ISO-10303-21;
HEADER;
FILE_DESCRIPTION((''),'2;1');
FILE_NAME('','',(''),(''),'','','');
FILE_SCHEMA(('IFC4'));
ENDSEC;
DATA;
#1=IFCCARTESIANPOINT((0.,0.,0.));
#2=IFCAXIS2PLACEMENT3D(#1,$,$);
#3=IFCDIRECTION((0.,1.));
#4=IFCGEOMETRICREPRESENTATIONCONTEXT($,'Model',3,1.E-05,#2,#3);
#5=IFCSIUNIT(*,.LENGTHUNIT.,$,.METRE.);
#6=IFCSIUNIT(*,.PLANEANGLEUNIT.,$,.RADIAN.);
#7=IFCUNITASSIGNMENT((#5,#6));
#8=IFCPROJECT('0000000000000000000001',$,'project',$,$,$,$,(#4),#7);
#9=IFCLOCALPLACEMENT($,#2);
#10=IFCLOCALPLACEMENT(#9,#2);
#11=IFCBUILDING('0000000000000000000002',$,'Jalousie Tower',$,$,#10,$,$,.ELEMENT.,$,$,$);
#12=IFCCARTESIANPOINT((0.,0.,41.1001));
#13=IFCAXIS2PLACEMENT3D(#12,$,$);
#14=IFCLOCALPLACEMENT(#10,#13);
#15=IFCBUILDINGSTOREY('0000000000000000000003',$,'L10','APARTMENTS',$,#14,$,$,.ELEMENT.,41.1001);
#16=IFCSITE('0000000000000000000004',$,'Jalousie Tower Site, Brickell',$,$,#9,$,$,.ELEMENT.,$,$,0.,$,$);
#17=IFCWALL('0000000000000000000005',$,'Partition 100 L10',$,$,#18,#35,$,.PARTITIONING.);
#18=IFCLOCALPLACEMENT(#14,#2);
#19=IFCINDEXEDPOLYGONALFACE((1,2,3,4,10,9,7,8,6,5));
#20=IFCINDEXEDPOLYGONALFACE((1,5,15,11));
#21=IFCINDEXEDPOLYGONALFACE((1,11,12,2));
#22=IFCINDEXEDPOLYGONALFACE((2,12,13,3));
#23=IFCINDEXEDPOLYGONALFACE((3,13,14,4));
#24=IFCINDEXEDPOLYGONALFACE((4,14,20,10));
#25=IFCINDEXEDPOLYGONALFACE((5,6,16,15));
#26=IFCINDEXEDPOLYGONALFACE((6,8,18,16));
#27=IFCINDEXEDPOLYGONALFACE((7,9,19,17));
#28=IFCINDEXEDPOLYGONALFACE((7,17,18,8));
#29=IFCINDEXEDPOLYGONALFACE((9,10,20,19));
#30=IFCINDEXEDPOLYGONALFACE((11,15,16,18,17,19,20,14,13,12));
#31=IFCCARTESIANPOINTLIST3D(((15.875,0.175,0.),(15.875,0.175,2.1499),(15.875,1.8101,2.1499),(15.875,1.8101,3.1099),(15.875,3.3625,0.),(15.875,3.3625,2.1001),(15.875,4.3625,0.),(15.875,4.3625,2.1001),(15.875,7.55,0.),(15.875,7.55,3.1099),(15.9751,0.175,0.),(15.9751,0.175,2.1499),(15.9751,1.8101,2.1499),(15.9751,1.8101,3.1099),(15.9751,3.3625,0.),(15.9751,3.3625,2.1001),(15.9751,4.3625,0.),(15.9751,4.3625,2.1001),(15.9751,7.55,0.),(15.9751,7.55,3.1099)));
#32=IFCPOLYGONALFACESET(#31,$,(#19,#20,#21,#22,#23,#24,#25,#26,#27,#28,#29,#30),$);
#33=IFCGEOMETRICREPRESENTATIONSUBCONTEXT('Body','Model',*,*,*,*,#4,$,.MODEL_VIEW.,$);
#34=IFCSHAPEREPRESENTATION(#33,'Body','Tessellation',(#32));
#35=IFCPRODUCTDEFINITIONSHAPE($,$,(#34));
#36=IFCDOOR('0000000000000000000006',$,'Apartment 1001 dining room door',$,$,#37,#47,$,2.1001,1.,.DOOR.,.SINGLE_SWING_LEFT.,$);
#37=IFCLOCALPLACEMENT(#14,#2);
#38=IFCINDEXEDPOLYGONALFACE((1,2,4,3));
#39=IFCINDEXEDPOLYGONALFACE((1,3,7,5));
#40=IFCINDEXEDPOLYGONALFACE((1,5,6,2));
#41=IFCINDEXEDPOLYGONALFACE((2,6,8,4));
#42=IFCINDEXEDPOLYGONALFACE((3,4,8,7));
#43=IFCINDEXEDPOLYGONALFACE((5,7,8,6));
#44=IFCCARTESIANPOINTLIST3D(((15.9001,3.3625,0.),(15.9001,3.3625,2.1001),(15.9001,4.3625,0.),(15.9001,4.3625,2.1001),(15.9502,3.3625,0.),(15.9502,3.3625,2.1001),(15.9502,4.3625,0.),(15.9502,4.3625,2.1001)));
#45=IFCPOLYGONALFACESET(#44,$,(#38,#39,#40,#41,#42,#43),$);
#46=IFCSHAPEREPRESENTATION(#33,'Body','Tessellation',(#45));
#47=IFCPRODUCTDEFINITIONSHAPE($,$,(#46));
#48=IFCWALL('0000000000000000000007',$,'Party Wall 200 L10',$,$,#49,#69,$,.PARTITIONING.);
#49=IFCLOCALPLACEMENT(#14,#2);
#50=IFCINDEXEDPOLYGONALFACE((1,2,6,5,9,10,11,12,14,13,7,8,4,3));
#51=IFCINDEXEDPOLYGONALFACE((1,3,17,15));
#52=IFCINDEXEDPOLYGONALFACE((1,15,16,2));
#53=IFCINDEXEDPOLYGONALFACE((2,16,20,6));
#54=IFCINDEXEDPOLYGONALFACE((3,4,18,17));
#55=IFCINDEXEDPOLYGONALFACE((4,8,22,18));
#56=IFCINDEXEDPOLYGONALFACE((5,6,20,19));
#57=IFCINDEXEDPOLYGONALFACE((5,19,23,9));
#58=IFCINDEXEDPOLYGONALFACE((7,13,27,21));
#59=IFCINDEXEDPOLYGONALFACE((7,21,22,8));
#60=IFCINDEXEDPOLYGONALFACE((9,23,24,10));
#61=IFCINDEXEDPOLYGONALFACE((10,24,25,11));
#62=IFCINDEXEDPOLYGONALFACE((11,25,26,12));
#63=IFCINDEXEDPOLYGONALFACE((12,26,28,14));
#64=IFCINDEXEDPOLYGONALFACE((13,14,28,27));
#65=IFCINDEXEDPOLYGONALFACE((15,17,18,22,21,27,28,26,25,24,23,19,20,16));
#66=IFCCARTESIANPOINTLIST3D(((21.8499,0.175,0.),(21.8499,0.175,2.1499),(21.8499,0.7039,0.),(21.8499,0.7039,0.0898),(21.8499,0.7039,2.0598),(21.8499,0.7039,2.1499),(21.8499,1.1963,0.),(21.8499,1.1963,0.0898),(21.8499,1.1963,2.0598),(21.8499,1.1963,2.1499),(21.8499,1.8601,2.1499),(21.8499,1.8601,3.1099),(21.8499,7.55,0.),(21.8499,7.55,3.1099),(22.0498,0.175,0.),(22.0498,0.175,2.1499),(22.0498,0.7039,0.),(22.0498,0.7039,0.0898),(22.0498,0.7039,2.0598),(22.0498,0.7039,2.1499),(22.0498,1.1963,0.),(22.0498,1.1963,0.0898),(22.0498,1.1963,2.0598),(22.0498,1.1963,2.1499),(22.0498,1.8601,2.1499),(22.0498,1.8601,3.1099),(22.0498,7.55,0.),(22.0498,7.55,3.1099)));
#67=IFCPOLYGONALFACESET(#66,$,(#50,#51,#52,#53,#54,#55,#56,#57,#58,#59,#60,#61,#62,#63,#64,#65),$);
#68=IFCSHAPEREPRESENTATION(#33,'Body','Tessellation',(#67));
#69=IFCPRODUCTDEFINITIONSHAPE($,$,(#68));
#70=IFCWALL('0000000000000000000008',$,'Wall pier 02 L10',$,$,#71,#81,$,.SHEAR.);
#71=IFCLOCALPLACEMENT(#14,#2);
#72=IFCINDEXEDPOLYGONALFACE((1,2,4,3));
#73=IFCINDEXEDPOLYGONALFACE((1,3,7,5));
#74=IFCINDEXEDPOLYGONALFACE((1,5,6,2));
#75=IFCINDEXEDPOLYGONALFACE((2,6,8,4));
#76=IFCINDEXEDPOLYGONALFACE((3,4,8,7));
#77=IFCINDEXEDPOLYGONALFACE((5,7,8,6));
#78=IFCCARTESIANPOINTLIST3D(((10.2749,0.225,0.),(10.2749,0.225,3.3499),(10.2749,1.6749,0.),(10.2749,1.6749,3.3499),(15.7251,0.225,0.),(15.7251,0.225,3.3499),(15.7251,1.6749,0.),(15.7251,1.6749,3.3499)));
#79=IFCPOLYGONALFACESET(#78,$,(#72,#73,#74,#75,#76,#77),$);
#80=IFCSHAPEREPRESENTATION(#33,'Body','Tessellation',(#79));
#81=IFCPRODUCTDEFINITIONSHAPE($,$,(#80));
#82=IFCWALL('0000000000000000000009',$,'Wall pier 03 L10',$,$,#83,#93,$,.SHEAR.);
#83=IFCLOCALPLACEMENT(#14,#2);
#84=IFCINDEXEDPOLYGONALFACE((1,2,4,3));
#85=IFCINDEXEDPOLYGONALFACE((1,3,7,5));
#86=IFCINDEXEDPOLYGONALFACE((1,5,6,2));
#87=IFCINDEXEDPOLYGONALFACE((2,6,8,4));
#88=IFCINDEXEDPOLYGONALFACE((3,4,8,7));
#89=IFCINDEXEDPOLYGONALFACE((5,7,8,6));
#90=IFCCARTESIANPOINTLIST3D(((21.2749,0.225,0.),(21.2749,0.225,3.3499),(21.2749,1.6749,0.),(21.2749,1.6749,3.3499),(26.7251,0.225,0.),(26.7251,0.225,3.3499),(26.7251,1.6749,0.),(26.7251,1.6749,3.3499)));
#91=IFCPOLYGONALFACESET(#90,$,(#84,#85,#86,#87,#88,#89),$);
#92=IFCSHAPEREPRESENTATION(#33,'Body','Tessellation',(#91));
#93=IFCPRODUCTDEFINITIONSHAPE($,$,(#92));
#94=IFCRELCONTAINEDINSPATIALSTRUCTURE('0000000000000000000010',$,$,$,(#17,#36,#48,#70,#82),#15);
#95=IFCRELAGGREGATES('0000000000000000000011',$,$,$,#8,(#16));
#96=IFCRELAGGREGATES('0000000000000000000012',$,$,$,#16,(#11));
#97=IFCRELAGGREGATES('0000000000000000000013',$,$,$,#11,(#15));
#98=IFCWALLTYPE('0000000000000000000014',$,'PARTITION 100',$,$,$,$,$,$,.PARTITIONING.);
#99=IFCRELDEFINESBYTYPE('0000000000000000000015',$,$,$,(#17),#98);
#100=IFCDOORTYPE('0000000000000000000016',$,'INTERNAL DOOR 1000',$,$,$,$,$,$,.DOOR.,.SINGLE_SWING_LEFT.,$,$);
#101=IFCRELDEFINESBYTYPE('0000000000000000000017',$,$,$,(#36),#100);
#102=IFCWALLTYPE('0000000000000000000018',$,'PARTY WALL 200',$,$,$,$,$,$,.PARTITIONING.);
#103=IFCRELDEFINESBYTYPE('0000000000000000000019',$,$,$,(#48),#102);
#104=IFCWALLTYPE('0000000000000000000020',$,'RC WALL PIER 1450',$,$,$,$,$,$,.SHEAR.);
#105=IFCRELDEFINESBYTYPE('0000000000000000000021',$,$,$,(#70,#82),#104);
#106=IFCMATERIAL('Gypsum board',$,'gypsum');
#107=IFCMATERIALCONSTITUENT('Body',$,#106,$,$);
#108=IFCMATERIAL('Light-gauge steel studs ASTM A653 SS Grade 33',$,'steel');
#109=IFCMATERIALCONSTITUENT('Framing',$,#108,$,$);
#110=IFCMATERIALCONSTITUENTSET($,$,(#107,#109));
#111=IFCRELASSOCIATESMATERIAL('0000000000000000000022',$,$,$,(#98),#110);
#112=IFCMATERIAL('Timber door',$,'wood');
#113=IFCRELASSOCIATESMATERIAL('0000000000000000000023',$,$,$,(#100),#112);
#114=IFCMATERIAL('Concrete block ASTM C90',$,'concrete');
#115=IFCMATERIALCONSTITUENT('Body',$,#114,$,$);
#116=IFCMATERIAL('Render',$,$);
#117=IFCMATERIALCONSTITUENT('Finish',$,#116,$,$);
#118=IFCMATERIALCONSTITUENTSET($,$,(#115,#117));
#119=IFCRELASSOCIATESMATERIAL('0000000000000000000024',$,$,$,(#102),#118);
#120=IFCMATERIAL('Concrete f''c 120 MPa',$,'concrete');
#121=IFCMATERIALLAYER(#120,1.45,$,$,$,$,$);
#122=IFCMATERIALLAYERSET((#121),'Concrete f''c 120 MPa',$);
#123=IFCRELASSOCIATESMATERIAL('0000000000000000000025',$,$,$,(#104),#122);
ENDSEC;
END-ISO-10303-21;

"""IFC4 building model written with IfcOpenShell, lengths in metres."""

from ifc_helpers import new_model, si_unit, direction, frame, frame_2d, origin, place, context, subcontext, project, spatial, polyline, rectangle, outline, extrude, material, layer, layer_set, constituent, constituent_set, type_object, element, fill, save


model = new_model("IFC4")

# Units and contexts
model_context = context("Model", 3, precision=1e-05, world=origin(), true_north=direction((0.0, 1.0)))
body_context = subcontext(model_context, "Body", "Model", "MODEL_VIEW")
ifc_project = project(units=[si_unit("LENGTHUNIT", "METRE"), si_unit("PLANEANGLEUNIT", "RADIAN")], contexts=[model_context])

# Site, building, storey
site_placement = place(None, origin())
site = spatial("IfcSite", under=ifc_project, at=site_placement, Name="Jalousie Tower Site, Brickell", CompositionType="ELEMENT", RefElevation=0.0)
building_placement = place(site_placement, origin())
building = spatial("IfcBuilding", under=site, at=building_placement, Name="Jalousie Tower", CompositionType="ELEMENT")
storey_placement = place(building_placement, frame((0.0, 0.0, 41.1001)))
storey = spatial("IfcBuildingStorey", under=building, at=storey_placement, Name="L10", Description="APARTMENTS", CompositionType="ELEMENT", Elevation=41.1001)

# Wall, opening, door
ifc_material_1 = material(Name="Gypsum board", Category="gypsum")
ifc_constituent_1 = constituent(ifc_material_1, Name="Body")
ifc_material_2 = material(Name="Light-gauge steel studs ASTM A653 SS Grade 33", Category="steel")
ifc_constituent_2 = constituent(ifc_material_2, Name="Framing")
ifc_constituent_set_1 = constituent_set(constituents=[ifc_constituent_1, ifc_constituent_2])
wall_type_1 = type_object("IfcWallType", Name="PARTITION 100", PredefinedType="PARTITIONING", material=ifc_constituent_set_1)
wall_1_placement = place(storey_placement, frame((15.925, 0.175, 0.0), z_axis=(0.0, 0.0, 1.0), x_axis=(0.0, 1.0, 0.0)))
wall_1 = element("IfcWall", 1, at=wall_1_placement, inside=storey, type_object=wall_type_1, Name="Partition 100 L10", PredefinedType="PARTITIONING", context=body_context, shape_type="SweptSolid", body=[
    extrude(outline(polyline([(0.0, 0.0), (7.375, 0.0), (7.375, 3.1099), (1.635, 3.1099), (1.635, 2.1499), (0.0, 2.1499), (0.0, 3.1099), (0.0, 0.0)])), frame((0.0, 0.05, 0.0), z_axis=(0.0, -1.0, 0.0), x_axis=(1.0, 0.0, 0.0)), (0.0, 0.0, 1.0), 0.1001),
])
opening_placement = place(wall_1_placement, frame((3.1875, 0.0, 0.0)))
opening = element("IfcOpeningElement", 2, at=opening_placement, cuts=wall_1, PredefinedType="OPENING", context=body_context, shape_type="SweptSolid", body=[
    extrude(rectangle(XDim=1.0, YDim=2.1001, at=frame_2d((0.5, 1.05))), frame((0.0, 0.0601, 0.0), z_axis=(0.0, -1.0, 0.0), x_axis=(1.0, 0.0, 0.0)), (0.0, 0.0, 1.0), 0.1201),
])
ifc_material_3 = material(Name="Timber door", Category="wood")
door_type = type_object("IfcDoorType", Name="INTERNAL DOOR 1000", OperationType="SINGLE_SWING_LEFT", PredefinedType="DOOR", material=ifc_material_3)
door_placement = place(opening_placement, origin())
door = element("IfcDoor", 3, at=door_placement, inside=storey, type_object=door_type, Name="Apartment 1001 dining room door", OperationType="SINGLE_SWING_LEFT", OverallHeight=2.1001, OverallWidth=1.0, PredefinedType="DOOR", context=body_context, shape_type="SweptSolid", body=[
    extrude(rectangle(XDim=1.0, YDim=2.1001, at=frame_2d((0.5, 1.05))), frame((0.0, 0.0249, 0.0), z_axis=(0.0, -1.0, 0.0), x_axis=(1.0, 0.0, 0.0)), (0.0, 0.0, 1.0), 0.05),
])
fill(opening, door)

# Walls
ifc_material_4 = material(Name="Concrete block ASTM C90", Category="concrete")
ifc_constituent_3 = constituent(ifc_material_4, Name="Body")
ifc_material_5 = material(Name="Render")
ifc_constituent_4 = constituent(ifc_material_5, Name="Finish")
ifc_constituent_set_2 = constituent_set(constituents=[ifc_constituent_3, ifc_constituent_4])
wall_type_2 = type_object("IfcWallType", Name="PARTY WALL 200", PredefinedType="PARTITIONING", material=ifc_constituent_set_2)
wall_2_placement = place(storey_placement, frame((21.95, 0.175, 0.0), z_axis=(0.0, 0.0, 1.0), x_axis=(0.0, 1.0, 0.0)))
element("IfcWall", 4, at=wall_2_placement, inside=storey, type_object=wall_type_2, Name="Party Wall 200 L10", PredefinedType="PARTITIONING", context=body_context, shape_type="SweptSolid", body=[
    extrude(outline(polyline([(0.5288, 2.1499), (0.0, 2.1499), (0.0, 0.0), (0.5288, 0.0), (0.5288, 0.0898), (1.0212, 0.0898), (1.0212, 0.0), (7.375, 0.0), (7.375, 3.1099), (1.6851, 3.1099), (1.6851, 2.1499), (1.0212, 2.1499), (1.0212, 2.0598), (0.5288, 2.0598), (0.5288, 2.1499)])), frame((0.0, 0.1001, 0.0), z_axis=(0.0, -1.0, 0.0), x_axis=(1.0, 0.0, 0.0)), (0.0, 0.0, 1.0), 0.2),
])
ifc_material_6 = material(Name="Concrete f'c 120 MPa", Category="concrete")
ifc_layer_1 = layer(ifc_material_6, 1.45)
ifc_layer_set_1 = layer_set([ifc_layer_1], Name="Concrete f'c 120 MPa")
wall_type_3 = type_object("IfcWallType", Name="RC WALL PIER 1450", PredefinedType="SHEAR", material=ifc_layer_set_1)
for number, where, z_axis, x_axis, name in (
    (5, (10.2749, 0.95, 0.0), (0.0, 0.0, 1.0), (1.0, 0.0, 0.0), "Wall pier 02 L10"),
    (6, (21.2749, 0.95, 0.0), (0.0, 0.0, 1.0), (1.0, 0.0, 0.0), "Wall pier 03 L10"),
):
    element("IfcWall", number, at=place(storey_placement, frame(where, z_axis=z_axis, x_axis=x_axis)), inside=storey, type_object=wall_type_3, Name=name, PredefinedType="SHEAR", context=body_context, shape_type="SweptSolid", body=[
        extrude(rectangle(XDim=5.4502, YDim=1.45, at=frame_2d((2.7251, 0.0))), origin(), (0.0, 0.0, 1.0), 3.3499),
    ])

save(model, "model.ifc")
